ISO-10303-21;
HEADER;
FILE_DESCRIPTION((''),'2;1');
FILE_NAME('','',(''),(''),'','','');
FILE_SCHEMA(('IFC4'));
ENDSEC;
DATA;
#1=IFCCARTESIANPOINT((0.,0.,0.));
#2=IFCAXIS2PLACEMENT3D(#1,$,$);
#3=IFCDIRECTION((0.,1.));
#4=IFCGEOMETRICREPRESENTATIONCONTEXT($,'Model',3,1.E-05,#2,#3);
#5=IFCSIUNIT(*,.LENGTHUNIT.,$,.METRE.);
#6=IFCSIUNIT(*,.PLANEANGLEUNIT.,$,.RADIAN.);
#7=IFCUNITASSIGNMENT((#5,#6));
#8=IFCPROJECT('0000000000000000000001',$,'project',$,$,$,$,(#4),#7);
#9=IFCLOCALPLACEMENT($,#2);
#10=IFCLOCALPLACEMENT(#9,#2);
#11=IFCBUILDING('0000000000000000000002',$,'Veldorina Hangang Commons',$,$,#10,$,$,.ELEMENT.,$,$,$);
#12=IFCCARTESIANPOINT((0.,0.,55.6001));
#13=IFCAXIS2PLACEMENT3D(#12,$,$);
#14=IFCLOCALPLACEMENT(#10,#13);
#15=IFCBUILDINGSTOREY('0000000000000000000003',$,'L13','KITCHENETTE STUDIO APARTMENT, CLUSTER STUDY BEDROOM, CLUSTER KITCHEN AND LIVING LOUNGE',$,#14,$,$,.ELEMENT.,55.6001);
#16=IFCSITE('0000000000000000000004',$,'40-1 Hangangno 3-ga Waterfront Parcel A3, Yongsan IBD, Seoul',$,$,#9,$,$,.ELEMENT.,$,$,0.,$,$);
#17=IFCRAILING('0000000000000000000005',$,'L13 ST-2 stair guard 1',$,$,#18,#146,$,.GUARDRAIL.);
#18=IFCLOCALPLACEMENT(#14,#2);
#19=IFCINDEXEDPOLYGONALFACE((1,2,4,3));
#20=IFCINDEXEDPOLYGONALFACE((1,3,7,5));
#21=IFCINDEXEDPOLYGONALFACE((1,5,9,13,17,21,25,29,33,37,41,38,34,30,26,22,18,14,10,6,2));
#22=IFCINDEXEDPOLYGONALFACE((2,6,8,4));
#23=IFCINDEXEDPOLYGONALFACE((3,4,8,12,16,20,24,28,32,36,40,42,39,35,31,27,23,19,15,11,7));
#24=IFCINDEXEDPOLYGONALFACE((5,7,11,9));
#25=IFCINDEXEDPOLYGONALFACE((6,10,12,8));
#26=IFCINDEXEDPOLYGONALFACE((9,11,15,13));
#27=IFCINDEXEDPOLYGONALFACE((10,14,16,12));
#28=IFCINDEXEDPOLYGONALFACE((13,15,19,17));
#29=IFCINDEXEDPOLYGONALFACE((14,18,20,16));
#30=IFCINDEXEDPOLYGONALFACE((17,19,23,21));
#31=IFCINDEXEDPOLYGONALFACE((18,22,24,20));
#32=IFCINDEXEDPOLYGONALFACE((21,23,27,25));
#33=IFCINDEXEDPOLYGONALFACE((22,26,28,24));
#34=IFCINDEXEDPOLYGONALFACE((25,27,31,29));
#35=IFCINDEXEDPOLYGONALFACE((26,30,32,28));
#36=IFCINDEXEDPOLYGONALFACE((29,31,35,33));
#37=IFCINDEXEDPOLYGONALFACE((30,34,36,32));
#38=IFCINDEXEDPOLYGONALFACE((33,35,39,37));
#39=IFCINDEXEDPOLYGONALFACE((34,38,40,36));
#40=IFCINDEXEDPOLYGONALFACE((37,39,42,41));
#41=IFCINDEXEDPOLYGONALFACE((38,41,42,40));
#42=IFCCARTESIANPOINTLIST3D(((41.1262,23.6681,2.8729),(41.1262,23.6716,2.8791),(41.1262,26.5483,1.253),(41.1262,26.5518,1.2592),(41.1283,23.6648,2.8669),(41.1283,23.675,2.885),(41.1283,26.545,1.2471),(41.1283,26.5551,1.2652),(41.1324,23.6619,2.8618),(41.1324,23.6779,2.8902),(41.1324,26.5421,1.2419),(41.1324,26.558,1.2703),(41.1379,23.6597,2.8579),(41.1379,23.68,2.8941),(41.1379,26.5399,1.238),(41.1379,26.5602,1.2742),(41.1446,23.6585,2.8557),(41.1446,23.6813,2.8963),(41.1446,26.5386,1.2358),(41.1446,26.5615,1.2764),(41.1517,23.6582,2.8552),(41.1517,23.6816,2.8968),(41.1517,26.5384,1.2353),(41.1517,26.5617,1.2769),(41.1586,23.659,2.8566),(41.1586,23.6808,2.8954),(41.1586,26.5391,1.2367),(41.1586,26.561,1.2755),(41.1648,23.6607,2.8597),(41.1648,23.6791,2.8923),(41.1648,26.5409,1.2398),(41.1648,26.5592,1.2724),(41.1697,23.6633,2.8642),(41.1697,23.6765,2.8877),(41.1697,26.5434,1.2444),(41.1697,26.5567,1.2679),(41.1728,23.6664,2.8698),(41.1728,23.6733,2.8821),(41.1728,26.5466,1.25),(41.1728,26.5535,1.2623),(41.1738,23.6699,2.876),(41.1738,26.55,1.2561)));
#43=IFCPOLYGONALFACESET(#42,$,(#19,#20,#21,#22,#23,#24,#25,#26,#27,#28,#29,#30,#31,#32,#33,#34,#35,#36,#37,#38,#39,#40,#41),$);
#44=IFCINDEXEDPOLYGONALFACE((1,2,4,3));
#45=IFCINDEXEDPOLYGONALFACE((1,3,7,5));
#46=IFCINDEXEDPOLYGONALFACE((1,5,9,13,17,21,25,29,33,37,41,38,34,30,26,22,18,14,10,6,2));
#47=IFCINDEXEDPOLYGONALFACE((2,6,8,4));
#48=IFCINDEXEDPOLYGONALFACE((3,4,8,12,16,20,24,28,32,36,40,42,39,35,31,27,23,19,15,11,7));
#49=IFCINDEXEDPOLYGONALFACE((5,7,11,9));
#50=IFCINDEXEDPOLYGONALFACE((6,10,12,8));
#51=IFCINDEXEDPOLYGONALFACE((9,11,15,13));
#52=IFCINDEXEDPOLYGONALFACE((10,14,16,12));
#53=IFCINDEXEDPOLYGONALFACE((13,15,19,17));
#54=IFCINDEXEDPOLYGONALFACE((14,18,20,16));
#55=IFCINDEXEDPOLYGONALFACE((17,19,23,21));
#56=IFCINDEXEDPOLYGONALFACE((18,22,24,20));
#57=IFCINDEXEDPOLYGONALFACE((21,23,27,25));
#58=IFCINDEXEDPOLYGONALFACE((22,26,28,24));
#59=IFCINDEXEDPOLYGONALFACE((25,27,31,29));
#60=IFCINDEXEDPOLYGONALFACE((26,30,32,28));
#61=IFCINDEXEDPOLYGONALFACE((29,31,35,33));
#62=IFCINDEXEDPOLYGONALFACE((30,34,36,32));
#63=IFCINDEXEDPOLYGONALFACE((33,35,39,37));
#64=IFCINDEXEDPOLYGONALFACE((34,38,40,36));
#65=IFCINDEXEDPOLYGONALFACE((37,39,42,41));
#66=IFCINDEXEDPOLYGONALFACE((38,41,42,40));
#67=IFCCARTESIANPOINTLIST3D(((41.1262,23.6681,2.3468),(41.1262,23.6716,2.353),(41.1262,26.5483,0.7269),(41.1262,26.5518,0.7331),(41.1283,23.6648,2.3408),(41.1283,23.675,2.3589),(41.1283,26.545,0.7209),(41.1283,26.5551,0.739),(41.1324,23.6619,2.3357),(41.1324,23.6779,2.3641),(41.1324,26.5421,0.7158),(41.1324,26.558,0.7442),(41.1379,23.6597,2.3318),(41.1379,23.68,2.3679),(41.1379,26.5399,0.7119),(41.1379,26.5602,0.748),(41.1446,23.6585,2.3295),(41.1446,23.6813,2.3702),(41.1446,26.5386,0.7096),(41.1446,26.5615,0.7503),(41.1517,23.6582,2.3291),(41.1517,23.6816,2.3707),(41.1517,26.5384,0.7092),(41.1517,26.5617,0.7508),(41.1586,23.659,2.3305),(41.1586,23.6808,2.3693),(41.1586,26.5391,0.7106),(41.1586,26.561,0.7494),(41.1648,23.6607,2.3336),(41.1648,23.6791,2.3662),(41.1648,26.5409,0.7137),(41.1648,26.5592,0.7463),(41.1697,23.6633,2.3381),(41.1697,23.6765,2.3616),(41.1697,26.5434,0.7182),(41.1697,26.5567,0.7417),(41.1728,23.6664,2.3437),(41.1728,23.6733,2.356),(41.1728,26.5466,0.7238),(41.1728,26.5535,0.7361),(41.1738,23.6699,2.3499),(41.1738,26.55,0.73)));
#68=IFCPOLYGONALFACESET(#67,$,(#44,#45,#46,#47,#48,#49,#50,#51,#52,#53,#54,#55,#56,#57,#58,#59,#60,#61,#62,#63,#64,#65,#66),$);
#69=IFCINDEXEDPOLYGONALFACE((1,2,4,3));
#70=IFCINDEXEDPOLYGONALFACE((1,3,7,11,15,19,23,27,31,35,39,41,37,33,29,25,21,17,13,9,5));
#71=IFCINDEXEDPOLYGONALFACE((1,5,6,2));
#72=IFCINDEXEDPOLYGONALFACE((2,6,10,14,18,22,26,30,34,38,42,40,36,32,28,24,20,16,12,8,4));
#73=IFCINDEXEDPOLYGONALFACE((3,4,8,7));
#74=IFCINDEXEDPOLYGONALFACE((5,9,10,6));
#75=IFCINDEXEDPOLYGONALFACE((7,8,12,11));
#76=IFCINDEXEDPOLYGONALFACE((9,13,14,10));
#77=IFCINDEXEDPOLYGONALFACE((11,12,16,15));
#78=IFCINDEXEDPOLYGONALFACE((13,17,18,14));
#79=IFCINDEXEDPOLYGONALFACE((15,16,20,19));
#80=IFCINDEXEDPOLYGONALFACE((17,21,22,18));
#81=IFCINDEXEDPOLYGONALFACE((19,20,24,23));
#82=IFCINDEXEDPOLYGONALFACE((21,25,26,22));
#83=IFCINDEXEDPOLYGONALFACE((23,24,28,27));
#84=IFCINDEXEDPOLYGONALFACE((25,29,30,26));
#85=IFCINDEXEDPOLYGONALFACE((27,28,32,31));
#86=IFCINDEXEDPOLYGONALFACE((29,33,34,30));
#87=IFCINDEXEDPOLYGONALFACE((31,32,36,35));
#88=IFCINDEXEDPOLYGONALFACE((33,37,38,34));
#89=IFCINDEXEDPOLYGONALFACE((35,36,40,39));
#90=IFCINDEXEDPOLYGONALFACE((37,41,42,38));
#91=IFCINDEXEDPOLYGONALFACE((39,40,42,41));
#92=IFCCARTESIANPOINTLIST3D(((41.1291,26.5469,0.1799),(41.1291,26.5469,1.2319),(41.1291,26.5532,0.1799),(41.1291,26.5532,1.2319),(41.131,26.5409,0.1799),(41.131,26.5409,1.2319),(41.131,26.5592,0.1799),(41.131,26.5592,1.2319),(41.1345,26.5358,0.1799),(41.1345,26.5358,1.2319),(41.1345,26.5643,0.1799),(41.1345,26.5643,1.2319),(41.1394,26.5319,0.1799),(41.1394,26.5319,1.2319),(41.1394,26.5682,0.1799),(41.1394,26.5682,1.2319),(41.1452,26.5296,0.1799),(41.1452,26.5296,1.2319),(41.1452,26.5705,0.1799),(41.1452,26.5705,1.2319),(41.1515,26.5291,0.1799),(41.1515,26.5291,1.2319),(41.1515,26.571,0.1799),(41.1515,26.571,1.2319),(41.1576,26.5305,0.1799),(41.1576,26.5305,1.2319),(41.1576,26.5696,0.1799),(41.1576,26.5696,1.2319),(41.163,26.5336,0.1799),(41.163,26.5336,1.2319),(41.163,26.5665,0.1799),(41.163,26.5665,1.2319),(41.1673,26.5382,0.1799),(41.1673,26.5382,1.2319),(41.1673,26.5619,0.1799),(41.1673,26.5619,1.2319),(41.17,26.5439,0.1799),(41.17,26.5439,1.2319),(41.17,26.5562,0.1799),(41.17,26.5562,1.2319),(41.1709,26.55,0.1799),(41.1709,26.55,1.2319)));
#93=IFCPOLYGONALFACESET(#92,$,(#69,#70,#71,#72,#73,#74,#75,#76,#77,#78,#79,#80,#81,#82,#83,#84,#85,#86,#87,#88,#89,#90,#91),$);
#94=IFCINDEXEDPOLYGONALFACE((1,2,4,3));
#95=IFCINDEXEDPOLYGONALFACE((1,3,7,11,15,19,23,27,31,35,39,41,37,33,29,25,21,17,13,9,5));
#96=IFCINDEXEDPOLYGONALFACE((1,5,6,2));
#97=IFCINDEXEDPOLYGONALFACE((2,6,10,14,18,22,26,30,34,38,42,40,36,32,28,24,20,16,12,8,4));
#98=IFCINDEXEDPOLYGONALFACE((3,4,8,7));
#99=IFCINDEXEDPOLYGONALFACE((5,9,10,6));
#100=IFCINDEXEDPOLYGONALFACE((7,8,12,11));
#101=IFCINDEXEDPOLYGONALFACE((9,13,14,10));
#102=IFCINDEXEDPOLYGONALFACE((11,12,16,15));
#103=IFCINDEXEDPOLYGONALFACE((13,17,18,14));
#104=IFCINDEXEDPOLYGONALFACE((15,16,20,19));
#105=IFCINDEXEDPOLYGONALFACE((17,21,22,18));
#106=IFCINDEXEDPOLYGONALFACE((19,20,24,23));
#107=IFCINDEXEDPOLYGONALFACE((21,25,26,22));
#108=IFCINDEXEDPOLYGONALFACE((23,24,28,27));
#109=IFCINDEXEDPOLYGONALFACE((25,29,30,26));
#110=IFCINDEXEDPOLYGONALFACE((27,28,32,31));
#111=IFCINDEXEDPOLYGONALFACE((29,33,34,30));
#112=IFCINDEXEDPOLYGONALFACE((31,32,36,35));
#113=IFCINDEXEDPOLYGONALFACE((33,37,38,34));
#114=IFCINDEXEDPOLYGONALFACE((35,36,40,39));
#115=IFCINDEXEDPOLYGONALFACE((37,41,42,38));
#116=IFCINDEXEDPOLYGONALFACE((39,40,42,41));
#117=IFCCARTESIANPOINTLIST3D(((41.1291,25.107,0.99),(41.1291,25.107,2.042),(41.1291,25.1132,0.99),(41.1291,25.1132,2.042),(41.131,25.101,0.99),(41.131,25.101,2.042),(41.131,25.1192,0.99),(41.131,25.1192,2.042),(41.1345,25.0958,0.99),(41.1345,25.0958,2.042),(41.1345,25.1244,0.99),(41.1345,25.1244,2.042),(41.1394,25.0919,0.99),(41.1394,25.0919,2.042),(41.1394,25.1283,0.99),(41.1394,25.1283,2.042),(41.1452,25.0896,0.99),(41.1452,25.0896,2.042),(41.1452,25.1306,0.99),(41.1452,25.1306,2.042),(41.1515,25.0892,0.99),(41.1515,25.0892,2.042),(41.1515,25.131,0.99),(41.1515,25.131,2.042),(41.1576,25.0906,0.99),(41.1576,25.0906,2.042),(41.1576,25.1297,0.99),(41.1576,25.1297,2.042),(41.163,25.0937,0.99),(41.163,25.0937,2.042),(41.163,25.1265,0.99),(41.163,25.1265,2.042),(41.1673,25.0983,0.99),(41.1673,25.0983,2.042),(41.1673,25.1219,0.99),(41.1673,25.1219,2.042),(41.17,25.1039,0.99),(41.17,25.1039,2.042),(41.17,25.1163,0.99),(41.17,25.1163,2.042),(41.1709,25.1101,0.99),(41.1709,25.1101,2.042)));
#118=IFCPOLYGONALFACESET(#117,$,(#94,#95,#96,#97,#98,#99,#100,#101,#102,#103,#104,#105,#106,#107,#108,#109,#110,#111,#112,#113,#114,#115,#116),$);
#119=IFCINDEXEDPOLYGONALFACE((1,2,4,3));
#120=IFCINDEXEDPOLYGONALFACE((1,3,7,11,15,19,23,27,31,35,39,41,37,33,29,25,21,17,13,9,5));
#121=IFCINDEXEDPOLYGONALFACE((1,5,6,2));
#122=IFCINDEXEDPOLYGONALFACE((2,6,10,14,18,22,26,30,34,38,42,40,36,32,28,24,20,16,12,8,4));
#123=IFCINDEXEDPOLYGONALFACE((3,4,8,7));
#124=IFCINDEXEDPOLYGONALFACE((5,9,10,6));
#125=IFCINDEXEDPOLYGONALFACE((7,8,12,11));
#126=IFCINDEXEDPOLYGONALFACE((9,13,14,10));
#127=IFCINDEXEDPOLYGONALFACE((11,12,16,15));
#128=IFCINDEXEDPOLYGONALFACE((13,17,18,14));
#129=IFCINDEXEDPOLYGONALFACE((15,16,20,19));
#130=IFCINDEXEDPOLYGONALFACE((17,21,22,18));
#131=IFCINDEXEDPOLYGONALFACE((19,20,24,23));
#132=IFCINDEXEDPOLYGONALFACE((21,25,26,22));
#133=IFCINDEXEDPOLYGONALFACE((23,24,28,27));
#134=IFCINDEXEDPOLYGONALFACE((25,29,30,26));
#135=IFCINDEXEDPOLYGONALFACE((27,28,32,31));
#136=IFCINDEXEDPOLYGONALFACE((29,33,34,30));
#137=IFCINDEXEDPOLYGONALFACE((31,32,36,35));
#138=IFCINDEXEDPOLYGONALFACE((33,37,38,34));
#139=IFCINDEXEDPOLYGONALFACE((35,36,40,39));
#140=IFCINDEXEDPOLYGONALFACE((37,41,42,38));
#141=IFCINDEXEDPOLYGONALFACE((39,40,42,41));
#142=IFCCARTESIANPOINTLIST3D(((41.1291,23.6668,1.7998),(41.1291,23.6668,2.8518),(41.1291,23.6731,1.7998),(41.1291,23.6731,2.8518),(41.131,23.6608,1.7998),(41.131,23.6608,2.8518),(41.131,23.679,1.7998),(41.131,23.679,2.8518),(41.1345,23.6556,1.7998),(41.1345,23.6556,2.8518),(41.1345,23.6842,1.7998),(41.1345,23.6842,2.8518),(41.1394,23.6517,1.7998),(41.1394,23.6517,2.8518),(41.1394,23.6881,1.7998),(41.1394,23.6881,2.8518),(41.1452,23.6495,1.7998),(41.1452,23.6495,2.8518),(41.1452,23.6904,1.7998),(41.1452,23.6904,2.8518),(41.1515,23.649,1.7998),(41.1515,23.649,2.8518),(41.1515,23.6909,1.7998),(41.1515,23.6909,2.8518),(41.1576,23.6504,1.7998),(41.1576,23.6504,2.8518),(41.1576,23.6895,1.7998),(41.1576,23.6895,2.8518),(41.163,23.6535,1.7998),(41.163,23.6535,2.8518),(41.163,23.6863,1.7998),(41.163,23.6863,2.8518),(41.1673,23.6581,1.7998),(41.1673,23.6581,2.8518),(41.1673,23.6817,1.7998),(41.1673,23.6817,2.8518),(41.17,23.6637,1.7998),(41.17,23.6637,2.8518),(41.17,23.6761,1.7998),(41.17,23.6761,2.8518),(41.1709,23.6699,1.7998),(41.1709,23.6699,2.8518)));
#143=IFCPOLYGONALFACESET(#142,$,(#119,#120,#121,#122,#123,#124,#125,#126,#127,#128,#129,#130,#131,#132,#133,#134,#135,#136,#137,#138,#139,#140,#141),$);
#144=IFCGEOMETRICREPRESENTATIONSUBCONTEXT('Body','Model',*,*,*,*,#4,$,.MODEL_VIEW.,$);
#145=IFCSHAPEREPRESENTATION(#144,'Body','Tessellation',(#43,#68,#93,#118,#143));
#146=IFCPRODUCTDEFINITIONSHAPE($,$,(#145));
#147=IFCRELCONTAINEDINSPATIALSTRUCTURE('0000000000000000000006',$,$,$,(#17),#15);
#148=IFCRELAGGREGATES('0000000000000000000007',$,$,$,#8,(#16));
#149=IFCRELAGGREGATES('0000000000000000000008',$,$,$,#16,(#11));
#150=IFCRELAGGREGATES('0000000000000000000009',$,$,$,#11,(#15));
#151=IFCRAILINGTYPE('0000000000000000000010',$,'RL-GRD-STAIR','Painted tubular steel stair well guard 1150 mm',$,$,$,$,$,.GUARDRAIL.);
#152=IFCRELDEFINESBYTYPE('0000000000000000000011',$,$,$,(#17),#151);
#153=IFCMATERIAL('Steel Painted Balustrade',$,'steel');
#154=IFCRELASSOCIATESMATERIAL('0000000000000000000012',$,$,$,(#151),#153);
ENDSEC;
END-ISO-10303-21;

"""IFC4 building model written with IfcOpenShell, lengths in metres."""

from ifc_helpers import new_model, si_unit, direction, frame, origin, origin_2d, place, context, subcontext, project, spatial, circle, extrude, material, type_object, element, save


model = new_model("IFC4")

# Units and contexts
model_context = context("Model", 3, precision=1e-05, world=origin(), true_north=direction((0.0, 1.0)))
body_context = subcontext(model_context, "Body", "Model", "MODEL_VIEW")
ifc_project = project(units=[si_unit("LENGTHUNIT", "METRE"), si_unit("PLANEANGLEUNIT", "RADIAN")], contexts=[model_context])

# Site, building, storey
site_placement = place(None, origin())
site = spatial("IfcSite", under=ifc_project, at=site_placement, Name="40-1 Hangangno 3-ga Waterfront Parcel A3, Yongsan IBD, Seoul", CompositionType="ELEMENT", RefElevation=0.0)
building_placement = place(site_placement, origin())
building = spatial("IfcBuilding", under=site, at=building_placement, Name="Veldorina Hangang Commons", CompositionType="ELEMENT")
storey_placement = place(building_placement, frame((0.0, 0.0, 55.6001)))
storey = spatial("IfcBuildingStorey", under=building, at=storey_placement, Name="L13", Description="KITCHENETTE STUDIO APARTMENT, CLUSTER STUDY BEDROOM, CLUSTER KITCHEN AND LIVING LOUNGE", CompositionType="ELEMENT", Elevation=55.6001)

# Railing
ifc_material_1 = material(Name="Steel Painted Balustrade", Category="steel")
railing_type_1 = type_object("IfcRailingType", Name="RL-GRD-STAIR", Description="Painted tubular steel stair well guard 1150 mm", PredefinedType="GUARDRAIL", material=ifc_material_1)
railing_1_placement = place(storey_placement, frame((41.1499, 26.55, 0.1799)))
element("IfcRailing", 1, at=railing_1_placement, inside=storey, type_object=railing_type_1, Name="L13 ST-2 stair guard 1", PredefinedType="GUARDRAIL", context=body_context, shape_type="SweptSolid", body=[
    extrude(circle(Radius=0.0239, at=origin_2d()), frame((0.0, 0.0, 1.0762), z_axis=(0.0, -0.871601, 0.490216), x_axis=(1.0, 0.0, 0.0)), (0.0, 0.0, 1.0), 3.3044),
    extrude(circle(Radius=0.0239, at=origin_2d()), frame((0.0, 0.0, 0.55), z_axis=(0.0, -0.871601, 0.490216), x_axis=(1.0, 0.0, 0.0)), (0.0, 0.0, 1.0), 3.3044),
    extrude(circle(Radius=0.021, at=origin_2d()), origin(), (0.0, 0.0, 1.0), 1.052),
    extrude(circle(Radius=0.021, at=origin_2d()), frame((0.0, -1.4399, 0.8101)), (0.0, 0.0, 1.0), 1.052),
    extrude(circle(Radius=0.021, at=origin_2d()), frame((0.0, -2.8801, 1.6199)), (0.0, 0.0, 1.0), 1.052),
])

save(model, "model.ifc")
